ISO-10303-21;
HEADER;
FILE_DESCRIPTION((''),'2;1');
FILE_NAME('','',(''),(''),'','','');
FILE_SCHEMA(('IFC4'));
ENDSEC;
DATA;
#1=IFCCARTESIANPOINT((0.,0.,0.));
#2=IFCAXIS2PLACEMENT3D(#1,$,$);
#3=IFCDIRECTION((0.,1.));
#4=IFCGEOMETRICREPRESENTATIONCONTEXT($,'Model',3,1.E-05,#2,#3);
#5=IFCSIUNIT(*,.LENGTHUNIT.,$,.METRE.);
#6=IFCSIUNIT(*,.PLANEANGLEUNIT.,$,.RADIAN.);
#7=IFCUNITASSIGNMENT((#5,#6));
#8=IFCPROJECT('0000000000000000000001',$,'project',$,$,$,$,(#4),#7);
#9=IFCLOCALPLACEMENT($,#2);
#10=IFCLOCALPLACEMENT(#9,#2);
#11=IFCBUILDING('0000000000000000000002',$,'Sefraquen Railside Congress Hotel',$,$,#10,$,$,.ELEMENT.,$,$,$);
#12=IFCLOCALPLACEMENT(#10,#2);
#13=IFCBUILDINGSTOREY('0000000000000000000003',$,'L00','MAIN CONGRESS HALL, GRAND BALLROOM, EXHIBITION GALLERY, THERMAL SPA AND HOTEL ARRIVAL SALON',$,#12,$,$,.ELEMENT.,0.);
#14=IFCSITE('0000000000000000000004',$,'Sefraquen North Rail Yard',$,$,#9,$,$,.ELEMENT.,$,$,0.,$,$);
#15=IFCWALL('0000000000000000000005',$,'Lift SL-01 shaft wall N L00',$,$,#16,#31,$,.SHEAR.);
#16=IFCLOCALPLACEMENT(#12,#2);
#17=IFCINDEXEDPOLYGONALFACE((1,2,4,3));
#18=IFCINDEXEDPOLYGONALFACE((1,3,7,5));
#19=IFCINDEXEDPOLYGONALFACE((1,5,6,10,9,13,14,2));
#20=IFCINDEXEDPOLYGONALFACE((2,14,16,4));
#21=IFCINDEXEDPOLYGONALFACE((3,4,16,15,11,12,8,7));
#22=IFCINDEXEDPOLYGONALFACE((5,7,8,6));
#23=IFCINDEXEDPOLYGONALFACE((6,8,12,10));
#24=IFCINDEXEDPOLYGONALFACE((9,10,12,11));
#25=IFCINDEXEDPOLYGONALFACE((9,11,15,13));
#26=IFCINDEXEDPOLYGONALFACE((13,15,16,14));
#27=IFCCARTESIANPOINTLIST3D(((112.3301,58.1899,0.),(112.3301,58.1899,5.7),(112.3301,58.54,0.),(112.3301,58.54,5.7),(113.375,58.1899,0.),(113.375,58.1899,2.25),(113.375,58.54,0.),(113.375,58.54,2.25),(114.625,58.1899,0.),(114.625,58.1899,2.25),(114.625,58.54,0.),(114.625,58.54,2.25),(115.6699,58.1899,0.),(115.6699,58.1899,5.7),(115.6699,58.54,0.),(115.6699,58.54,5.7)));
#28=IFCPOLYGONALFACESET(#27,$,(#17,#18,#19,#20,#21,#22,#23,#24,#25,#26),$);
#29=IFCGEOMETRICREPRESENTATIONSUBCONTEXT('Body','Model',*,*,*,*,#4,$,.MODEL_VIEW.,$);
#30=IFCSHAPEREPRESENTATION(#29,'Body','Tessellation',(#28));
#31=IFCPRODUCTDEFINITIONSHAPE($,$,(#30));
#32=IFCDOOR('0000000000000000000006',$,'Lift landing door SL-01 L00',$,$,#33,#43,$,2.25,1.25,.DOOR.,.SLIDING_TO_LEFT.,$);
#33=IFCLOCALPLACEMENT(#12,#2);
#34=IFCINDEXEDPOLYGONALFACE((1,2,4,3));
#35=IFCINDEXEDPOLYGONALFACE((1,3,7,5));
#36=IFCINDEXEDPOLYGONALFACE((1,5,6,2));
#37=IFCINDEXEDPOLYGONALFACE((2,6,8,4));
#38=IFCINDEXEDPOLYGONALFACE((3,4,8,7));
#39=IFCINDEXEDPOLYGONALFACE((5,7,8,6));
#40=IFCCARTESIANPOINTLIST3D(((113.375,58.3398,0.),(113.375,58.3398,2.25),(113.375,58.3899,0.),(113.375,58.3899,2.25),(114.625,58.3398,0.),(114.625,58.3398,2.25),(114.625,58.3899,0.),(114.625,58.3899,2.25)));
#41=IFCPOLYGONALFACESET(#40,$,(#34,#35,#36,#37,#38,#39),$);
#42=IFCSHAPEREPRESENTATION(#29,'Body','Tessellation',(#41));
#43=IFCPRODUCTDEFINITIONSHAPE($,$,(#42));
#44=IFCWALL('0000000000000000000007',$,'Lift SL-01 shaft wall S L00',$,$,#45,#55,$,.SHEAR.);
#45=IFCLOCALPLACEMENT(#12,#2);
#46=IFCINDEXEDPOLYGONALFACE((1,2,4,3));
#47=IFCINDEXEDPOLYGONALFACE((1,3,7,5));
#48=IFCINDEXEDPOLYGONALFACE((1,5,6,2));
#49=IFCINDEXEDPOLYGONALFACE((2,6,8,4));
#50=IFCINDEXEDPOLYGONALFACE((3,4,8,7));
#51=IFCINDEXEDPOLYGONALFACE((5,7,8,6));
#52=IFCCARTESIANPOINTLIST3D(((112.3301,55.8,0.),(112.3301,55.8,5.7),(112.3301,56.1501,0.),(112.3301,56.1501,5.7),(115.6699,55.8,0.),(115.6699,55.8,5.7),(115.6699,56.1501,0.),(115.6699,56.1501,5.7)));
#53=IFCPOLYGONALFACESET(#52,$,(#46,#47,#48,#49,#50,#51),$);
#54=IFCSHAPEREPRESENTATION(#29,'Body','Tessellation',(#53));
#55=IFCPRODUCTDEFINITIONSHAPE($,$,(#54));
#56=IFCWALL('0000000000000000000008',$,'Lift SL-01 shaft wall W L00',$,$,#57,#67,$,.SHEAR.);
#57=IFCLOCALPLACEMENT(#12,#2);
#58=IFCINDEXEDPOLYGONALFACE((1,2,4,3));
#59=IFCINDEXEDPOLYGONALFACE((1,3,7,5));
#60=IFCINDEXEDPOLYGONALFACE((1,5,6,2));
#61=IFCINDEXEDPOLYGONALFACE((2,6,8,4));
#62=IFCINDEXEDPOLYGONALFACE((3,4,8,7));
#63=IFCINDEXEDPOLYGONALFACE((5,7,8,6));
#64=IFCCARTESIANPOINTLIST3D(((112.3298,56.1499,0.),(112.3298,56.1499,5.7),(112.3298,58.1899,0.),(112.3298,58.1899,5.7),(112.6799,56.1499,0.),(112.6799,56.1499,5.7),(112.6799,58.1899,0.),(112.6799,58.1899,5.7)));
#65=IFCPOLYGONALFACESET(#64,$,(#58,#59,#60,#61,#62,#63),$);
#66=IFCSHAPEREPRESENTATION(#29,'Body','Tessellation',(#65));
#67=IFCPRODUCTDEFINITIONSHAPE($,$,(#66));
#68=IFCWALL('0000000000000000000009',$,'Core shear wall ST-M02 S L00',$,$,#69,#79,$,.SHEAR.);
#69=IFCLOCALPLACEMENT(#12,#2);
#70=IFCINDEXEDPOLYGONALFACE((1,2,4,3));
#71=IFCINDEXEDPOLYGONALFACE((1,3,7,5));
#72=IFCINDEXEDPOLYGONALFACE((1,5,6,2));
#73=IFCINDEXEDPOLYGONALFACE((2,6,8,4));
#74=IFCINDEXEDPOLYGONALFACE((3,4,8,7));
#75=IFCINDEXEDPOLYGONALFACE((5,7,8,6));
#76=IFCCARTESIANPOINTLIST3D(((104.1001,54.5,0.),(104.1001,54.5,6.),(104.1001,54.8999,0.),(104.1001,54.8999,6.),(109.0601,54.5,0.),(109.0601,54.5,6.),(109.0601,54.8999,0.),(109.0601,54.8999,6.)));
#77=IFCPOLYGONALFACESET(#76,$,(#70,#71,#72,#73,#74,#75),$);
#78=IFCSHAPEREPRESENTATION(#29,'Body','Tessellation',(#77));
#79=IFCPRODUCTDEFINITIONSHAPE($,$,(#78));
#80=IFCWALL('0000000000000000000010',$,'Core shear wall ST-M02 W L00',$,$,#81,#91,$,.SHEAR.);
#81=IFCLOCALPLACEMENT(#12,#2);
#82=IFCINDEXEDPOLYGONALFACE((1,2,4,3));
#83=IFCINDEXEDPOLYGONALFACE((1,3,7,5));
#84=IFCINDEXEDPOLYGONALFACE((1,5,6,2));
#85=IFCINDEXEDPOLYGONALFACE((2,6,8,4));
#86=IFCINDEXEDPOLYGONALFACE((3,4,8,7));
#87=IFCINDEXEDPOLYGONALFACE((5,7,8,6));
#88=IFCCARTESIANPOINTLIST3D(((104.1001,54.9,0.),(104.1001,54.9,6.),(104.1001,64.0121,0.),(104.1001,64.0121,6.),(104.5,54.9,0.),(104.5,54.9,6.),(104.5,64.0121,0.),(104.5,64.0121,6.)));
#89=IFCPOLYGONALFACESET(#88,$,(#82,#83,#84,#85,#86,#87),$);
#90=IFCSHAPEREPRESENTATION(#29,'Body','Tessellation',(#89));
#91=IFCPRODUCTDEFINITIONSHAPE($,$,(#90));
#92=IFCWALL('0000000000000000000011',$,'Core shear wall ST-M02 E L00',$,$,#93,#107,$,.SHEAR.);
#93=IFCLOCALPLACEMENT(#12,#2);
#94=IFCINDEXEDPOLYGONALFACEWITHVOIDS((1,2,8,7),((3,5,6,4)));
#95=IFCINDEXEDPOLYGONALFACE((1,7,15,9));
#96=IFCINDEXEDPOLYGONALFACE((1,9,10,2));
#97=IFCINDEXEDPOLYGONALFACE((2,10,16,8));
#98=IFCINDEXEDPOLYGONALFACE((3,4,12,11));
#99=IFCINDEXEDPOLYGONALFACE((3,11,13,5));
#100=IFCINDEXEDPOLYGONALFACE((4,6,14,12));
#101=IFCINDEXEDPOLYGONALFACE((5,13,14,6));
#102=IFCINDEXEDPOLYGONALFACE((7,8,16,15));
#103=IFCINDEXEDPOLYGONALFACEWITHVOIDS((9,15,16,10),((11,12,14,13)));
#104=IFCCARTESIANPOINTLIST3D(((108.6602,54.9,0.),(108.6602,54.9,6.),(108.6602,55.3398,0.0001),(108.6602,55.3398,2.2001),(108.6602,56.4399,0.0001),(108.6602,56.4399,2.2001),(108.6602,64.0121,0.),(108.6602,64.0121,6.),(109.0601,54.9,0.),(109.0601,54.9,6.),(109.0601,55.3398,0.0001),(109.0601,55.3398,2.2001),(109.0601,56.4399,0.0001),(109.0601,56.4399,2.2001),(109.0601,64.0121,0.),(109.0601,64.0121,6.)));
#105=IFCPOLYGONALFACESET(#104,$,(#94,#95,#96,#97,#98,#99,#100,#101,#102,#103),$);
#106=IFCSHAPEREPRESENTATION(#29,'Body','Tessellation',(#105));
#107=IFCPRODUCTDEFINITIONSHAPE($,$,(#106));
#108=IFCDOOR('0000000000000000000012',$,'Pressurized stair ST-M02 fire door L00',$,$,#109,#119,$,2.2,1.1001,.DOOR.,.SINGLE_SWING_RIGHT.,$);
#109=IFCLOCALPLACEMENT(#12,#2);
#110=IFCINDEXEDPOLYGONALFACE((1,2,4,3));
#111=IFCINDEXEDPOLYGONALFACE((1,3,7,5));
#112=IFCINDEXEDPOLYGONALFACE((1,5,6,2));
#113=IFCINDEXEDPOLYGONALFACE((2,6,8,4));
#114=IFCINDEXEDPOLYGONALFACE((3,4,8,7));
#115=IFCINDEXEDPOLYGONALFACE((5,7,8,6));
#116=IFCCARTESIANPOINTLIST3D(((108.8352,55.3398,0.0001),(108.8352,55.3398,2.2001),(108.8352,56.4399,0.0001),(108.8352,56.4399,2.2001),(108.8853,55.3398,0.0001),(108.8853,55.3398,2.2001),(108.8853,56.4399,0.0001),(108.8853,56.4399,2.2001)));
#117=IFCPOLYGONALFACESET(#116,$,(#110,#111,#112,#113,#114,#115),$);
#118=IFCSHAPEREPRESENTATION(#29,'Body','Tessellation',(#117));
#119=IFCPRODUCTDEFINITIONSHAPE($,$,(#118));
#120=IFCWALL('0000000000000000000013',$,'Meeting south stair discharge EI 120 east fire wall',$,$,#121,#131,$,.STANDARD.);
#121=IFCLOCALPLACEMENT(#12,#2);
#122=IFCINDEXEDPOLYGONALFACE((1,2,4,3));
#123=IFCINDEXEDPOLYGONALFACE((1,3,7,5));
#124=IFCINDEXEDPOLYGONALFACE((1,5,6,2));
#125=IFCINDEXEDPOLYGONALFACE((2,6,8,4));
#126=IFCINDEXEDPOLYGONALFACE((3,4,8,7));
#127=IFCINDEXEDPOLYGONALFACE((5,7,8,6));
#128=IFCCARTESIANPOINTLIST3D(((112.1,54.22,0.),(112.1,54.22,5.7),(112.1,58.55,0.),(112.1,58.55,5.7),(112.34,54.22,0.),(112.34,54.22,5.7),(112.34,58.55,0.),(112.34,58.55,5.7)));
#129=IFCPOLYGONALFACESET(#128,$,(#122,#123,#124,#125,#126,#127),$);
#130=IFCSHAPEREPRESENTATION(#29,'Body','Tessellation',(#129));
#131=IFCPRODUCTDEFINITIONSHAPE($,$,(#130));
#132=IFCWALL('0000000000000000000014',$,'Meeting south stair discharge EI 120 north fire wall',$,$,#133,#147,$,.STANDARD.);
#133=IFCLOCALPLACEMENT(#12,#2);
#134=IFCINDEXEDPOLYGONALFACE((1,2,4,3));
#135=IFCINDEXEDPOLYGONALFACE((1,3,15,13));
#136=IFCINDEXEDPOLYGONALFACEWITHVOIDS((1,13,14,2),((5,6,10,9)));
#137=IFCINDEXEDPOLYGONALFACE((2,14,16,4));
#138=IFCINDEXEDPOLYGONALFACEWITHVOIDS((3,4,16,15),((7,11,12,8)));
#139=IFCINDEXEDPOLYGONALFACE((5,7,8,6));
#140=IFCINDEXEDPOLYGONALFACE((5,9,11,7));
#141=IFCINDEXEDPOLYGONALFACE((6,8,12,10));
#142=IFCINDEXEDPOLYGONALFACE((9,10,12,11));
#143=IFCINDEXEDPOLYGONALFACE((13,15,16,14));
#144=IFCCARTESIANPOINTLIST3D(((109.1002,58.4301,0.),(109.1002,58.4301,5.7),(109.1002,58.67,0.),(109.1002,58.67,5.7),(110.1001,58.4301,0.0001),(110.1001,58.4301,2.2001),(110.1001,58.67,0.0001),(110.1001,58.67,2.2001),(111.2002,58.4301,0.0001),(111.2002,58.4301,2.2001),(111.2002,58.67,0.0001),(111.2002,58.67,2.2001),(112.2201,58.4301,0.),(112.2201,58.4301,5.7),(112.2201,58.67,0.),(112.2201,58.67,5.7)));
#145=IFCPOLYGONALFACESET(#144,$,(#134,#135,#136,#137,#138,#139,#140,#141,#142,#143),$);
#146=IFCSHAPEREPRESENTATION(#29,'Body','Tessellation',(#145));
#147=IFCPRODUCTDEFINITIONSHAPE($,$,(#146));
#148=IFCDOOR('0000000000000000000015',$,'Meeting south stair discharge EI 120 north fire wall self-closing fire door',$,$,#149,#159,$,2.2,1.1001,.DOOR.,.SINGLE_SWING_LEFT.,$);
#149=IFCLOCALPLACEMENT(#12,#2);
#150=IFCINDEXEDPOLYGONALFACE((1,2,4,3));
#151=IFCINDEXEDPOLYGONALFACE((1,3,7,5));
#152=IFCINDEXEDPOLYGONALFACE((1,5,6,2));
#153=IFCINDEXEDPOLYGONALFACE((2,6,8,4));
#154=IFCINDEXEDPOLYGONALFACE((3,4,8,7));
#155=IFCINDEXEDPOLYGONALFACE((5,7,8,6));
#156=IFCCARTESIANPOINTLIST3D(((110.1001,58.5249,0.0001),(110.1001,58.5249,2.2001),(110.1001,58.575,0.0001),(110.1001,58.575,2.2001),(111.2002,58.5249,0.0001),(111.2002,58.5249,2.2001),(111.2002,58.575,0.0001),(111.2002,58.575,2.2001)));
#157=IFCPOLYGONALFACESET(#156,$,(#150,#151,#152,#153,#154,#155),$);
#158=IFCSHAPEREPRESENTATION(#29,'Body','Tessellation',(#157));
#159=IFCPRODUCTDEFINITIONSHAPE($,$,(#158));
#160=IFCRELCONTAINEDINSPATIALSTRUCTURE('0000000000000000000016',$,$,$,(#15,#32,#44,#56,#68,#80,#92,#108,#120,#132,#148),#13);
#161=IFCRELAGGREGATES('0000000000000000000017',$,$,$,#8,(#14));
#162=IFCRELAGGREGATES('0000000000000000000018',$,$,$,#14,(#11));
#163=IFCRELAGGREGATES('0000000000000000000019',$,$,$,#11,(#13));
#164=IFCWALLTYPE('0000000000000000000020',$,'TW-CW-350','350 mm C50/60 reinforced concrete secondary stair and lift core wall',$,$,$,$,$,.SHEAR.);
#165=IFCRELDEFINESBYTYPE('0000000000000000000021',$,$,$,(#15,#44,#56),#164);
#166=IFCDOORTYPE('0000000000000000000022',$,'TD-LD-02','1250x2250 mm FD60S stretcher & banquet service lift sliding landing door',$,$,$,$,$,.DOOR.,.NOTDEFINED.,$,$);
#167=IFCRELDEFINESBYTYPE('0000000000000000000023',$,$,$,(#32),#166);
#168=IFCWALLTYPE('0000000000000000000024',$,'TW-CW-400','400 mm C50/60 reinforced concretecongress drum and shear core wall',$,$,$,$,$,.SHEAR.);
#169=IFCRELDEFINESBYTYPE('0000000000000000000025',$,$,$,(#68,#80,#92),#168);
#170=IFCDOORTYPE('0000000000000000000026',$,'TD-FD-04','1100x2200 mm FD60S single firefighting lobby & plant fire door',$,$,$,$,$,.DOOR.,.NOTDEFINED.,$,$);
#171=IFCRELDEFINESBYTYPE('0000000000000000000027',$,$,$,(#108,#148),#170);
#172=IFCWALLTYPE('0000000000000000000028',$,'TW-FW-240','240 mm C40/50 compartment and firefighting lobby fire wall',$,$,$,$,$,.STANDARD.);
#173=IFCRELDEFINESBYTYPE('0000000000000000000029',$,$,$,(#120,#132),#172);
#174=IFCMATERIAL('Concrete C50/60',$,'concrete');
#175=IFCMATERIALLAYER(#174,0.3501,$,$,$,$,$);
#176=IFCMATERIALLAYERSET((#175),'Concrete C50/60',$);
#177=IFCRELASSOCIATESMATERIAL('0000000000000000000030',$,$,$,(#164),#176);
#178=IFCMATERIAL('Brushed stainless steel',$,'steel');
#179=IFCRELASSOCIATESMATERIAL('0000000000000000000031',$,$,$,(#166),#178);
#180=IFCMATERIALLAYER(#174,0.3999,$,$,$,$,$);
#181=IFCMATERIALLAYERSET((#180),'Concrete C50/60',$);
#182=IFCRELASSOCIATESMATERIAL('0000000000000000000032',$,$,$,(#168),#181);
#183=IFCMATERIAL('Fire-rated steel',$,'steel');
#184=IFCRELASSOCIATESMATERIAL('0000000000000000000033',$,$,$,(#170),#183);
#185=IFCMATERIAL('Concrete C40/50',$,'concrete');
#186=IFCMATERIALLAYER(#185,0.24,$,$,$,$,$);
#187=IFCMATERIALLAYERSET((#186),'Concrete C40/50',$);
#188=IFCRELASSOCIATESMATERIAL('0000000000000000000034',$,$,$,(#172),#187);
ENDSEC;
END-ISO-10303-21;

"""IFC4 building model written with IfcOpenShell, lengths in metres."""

from ifc_helpers import new_model, si_unit, direction, frame, frame_2d, origin, place, context, subcontext, project, spatial, rectangle, extrude, material, layer, layer_set, type_object, element, fill, save


model = new_model("IFC4")

# Units and contexts
model_context = context("Model", 3, precision=1e-05, world=origin(), true_north=direction((0.0, 1.0)))
body_context = subcontext(model_context, "Body", "Model", "MODEL_VIEW")
ifc_project = project(units=[si_unit("LENGTHUNIT", "METRE"), si_unit("PLANEANGLEUNIT", "RADIAN")], contexts=[model_context])

# Site, building, storey
site_placement = place(None, origin())
site = spatial("IfcSite", under=ifc_project, at=site_placement, Name="Sefraquen North Rail Yard", CompositionType="ELEMENT", RefElevation=0.0)
building_placement = place(site_placement, origin())
building = spatial("IfcBuilding", under=site, at=building_placement, Name="Sefraquen Railside Congress Hotel", CompositionType="ELEMENT")
storey_placement = place(building_placement, origin())
storey = spatial("IfcBuildingStorey", under=building, at=storey_placement, Name="L00", Description="MAIN CONGRESS HALL, GRAND BALLROOM, EXHIBITION GALLERY, THERMAL SPA AND HOTEL ARRIVAL SALON", CompositionType="ELEMENT", Elevation=0.0)

# Shared definitions
ifc_material_1 = material(Name="Concrete C50/60", Category="concrete")

# Wall, opening, door
ifc_layer_1 = layer(ifc_material_1, 0.3501)
ifc_layer_set_1 = layer_set([ifc_layer_1], Name="Concrete C50/60")
wall_type_1 = type_object("IfcWallType", Name="TW-CW-350", Description="350 mm C50/60 reinforced concrete secondary stair and lift core wall", PredefinedType="SHEAR", material=ifc_layer_set_1)
wall_1_placement = place(storey_placement, frame((112.3301, 58.365, 0.0), z_axis=(0.0, 0.0, 1.0), x_axis=(1.0, 0.0, 0.0)))
wall_1 = element("IfcWall", 1, at=wall_1_placement, inside=storey, type_object=wall_type_1, Name="Lift SL-01 shaft wall N L00", PredefinedType="SHEAR", context=body_context, shape_type="SweptSolid", body=[
    extrude(rectangle(XDim=3.3398, YDim=0.3501, at=frame_2d((1.6699, 0.0))), origin(), (0.0, 0.0, 1.0), 5.7),
])
opening_1_placement = place(wall_1_placement, frame((1.0449, 0.0, 0.0)))
opening_1 = element("IfcOpeningElement", 2, at=opening_1_placement, cuts=wall_1, PredefinedType="OPENING", context=body_context, shape_type="SweptSolid", body=[
    extrude(rectangle(XDim=1.25, YDim=2.25, at=frame_2d((0.625, 1.125))), frame((0.0, 0.1851, 0.0), z_axis=(0.0, -1.0, 0.0), x_axis=(1.0, 0.0, 0.0)), (0.0, 0.0, 1.0), 0.3701),
])
ifc_material_2 = material(Name="Brushed stainless steel", Category="steel")
door_type_1 = type_object("IfcDoorType", Name="TD-LD-02", Description="1250x2250 mm FD60S stretcher & banquet service lift sliding landing door", OperationType="NOTDEFINED", PredefinedType="DOOR", material=ifc_material_2)
door_1_placement = place(opening_1_placement, origin())
door_1 = element("IfcDoor", 3, at=door_1_placement, inside=storey, type_object=door_type_1, Name="Lift landing door SL-01 L00", OperationType="SLIDING_TO_LEFT", OverallHeight=2.25, OverallWidth=1.25, PredefinedType="DOOR", context=body_context, shape_type="SweptSolid", body=[
    extrude(rectangle(XDim=1.25, YDim=2.25, at=frame_2d((0.625, 1.125))), frame((0.0, 0.0249, 0.0), z_axis=(0.0, -1.0, 0.0), x_axis=(1.0, 0.0, 0.0)), (0.0, 0.0, 1.0), 0.05),
])
fill(opening_1, door_1)

# Walls
wall_2_placement = place(storey_placement, frame((112.3301, 55.9751, 0.0), z_axis=(0.0, 0.0, 1.0), x_axis=(1.0, 0.0, 0.0)))
element("IfcWall", 4, at=wall_2_placement, inside=storey, type_object=wall_type_1, Name="Lift SL-01 shaft wall S L00", PredefinedType="SHEAR", context=body_context, shape_type="SweptSolid", body=[
    extrude(rectangle(XDim=3.3398, YDim=0.3501, at=frame_2d((1.6699, 0.0))), origin(), (0.0, 0.0, 1.0), 5.7),
])
wall_3_placement = place(storey_placement, frame((112.5049, 56.1499, 0.0), z_axis=(0.0, 0.0, 1.0), x_axis=(0.0, 1.0, 0.0)))
element("IfcWall", 5, at=wall_3_placement, inside=storey, type_object=wall_type_1, Name="Lift SL-01 shaft wall W L00", PredefinedType="SHEAR", context=body_context, shape_type="SweptSolid", body=[
    extrude(rectangle(XDim=2.04, YDim=0.3501, at=frame_2d((1.02, 0.0))), origin(), (0.0, 0.0, 1.0), 5.7),
])
ifc_layer_2 = layer(ifc_material_1, 0.3999)
ifc_layer_set_2 = layer_set([ifc_layer_2], Name="Concrete C50/60")
wall_type_2 = type_object("IfcWallType", Name="TW-CW-400", Description="400 mm C50/60 reinforced concretecongress drum and shear core wall", PredefinedType="SHEAR", material=ifc_layer_set_2)
wall_4_placement = place(storey_placement, frame((104.1001, 54.7, 0.0), z_axis=(0.0, 0.0, 1.0), x_axis=(1.0, 0.0, 0.0)))
element("IfcWall", 6, at=wall_4_placement, inside=storey, type_object=wall_type_2, Name="Core shear wall ST-M02 S L00", PredefinedType="SHEAR", context=body_context, shape_type="SweptSolid", body=[
    extrude(rectangle(XDim=4.96, YDim=0.3999, at=frame_2d((2.48, 0.0))), origin(), (0.0, 0.0, 1.0), 6.0),
])
wall_5_placement = place(storey_placement, frame((104.3, 54.8999, 0.0), z_axis=(0.0, 0.0, 1.0), x_axis=(0.0, 1.0, 0.0)))
element("IfcWall", 7, at=wall_5_placement, inside=storey, type_object=wall_type_2, Name="Core shear wall ST-M02 W L00", PredefinedType="SHEAR", context=body_context, shape_type="SweptSolid", body=[
    extrude(rectangle(XDim=9.1121, YDim=0.3999, at=frame_2d((4.5562, 0.0))), origin(), (0.0, 0.0, 1.0), 6.0),
])

# Wall, opening, door
wall_6_placement = place(storey_placement, frame((108.8601, 54.8999, 0.0), z_axis=(0.0, 0.0, 1.0), x_axis=(0.0, 1.0, 0.0)))
wall_6 = element("IfcWall", 8, at=wall_6_placement, inside=storey, type_object=wall_type_2, Name="Core shear wall ST-M02 E L00", PredefinedType="SHEAR", context=body_context, shape_type="SweptSolid", body=[
    extrude(rectangle(XDim=9.1121, YDim=0.3999, at=frame_2d((4.5562, 0.0))), origin(), (0.0, 0.0, 1.0), 6.0),
])
opening_2_placement = place(wall_6_placement, frame((0.4399, 0.0, 0.0)))
opening_2 = element("IfcOpeningElement", 9, at=opening_2_placement, cuts=wall_6, PredefinedType="OPENING", context=body_context, shape_type="SweptSolid", body=[
    extrude(rectangle(XDim=1.1001, YDim=2.2, at=frame_2d((0.55, 1.1001))), frame((0.0, 0.21, 0.0), z_axis=(0.0, -1.0, 0.0), x_axis=(1.0, 0.0, 0.0)), (0.0, 0.0, 1.0), 0.4199),
])
ifc_material_3 = material(Name="Fire-rated steel", Category="steel")
door_type_2 = type_object("IfcDoorType", Name="TD-FD-04", Description="1100x2200 mm FD60S single firefighting lobby & plant fire door", OperationType="NOTDEFINED", PredefinedType="DOOR", material=ifc_material_3)
door_2_placement = place(opening_2_placement, origin())
door_2 = element("IfcDoor", 10, at=door_2_placement, inside=storey, type_object=door_type_2, Name="Pressurized stair ST-M02 fire door L00", OperationType="SINGLE_SWING_RIGHT", OverallHeight=2.2, OverallWidth=1.1001, PredefinedType="DOOR", context=body_context, shape_type="SweptSolid", body=[
    extrude(rectangle(XDim=1.1001, YDim=2.2, at=frame_2d((0.55, 1.1001))), frame((0.0, 0.0249, 0.0), z_axis=(0.0, -1.0, 0.0), x_axis=(1.0, 0.0, 0.0)), (0.0, 0.0, 1.0), 0.05),
])
fill(opening_2, door_2)

# Wall
ifc_material_4 = material(Name="Concrete C40/50", Category="concrete")
ifc_layer_3 = layer(ifc_material_4, 0.24)
ifc_layer_set_3 = layer_set([ifc_layer_3], Name="Concrete C40/50")
wall_type_3 = type_object("IfcWallType", Name="TW-FW-240", Description="240 mm C40/50 compartment and firefighting lobby fire wall", PredefinedType="STANDARD", material=ifc_layer_set_3)
wall_7_placement = place(storey_placement, frame((112.22, 54.22, 0.0), z_axis=(0.0, 0.0, 1.0), x_axis=(0.0, 1.0, 0.0)))
element("IfcWall", 11, at=wall_7_placement, inside=storey, type_object=wall_type_3, Name="Meeting south stair discharge EI 120 east fire wall", PredefinedType="STANDARD", context=body_context, shape_type="SweptSolid", body=[
    extrude(rectangle(XDim=4.3301, YDim=0.24, at=frame_2d((2.165, 0.0))), origin(), (0.0, 0.0, 1.0), 5.7),
])

# Wall, opening, door
wall_8_placement = place(storey_placement, frame((109.1001, 58.55, 0.0), z_axis=(0.0, 0.0, 1.0), x_axis=(1.0, 0.0, 0.0)))
wall_8 = element("IfcWall", 12, at=wall_8_placement, inside=storey, type_object=wall_type_3, Name="Meeting south stair discharge EI 120 north fire wall", PredefinedType="STANDARD", context=body_context, shape_type="SweptSolid", body=[
    extrude(rectangle(XDim=3.1199, YDim=0.24, at=frame_2d((1.5601, 0.0))), origin(), (0.0, 0.0, 1.0), 5.7),
])
opening_3_placement = place(wall_8_placement, frame((1.0, 0.0, 0.0)))
opening_3 = element("IfcOpeningElement", 13, at=opening_3_placement, cuts=wall_8, PredefinedType="OPENING", context=body_context, shape_type="SweptSolid", body=[
    extrude(rectangle(XDim=1.1001, YDim=2.2, at=frame_2d((0.55, 1.1001))), frame((0.0, 0.1299, 0.0), z_axis=(0.0, -1.0, 0.0), x_axis=(1.0, 0.0, 0.0)), (0.0, 0.0, 1.0), 0.26),
])
door_3_placement = place(opening_3_placement, origin())
door_3 = element("IfcDoor", 14, at=door_3_placement, inside=storey, type_object=door_type_2, Name="Meeting south stair discharge EI 120 north fire wall self-closing fire door", OperationType="SINGLE_SWING_LEFT", OverallHeight=2.2, OverallWidth=1.1001, PredefinedType="DOOR", context=body_context, shape_type="SweptSolid", body=[
    extrude(rectangle(XDim=1.1001, YDim=2.2, at=frame_2d((0.55, 1.1001))), frame((0.0, 0.0249, 0.0), z_axis=(0.0, -1.0, 0.0), x_axis=(1.0, 0.0, 0.0)), (0.0, 0.0, 1.0), 0.05),
])
fill(opening_3, door_3)

save(model, "model.ifc")
